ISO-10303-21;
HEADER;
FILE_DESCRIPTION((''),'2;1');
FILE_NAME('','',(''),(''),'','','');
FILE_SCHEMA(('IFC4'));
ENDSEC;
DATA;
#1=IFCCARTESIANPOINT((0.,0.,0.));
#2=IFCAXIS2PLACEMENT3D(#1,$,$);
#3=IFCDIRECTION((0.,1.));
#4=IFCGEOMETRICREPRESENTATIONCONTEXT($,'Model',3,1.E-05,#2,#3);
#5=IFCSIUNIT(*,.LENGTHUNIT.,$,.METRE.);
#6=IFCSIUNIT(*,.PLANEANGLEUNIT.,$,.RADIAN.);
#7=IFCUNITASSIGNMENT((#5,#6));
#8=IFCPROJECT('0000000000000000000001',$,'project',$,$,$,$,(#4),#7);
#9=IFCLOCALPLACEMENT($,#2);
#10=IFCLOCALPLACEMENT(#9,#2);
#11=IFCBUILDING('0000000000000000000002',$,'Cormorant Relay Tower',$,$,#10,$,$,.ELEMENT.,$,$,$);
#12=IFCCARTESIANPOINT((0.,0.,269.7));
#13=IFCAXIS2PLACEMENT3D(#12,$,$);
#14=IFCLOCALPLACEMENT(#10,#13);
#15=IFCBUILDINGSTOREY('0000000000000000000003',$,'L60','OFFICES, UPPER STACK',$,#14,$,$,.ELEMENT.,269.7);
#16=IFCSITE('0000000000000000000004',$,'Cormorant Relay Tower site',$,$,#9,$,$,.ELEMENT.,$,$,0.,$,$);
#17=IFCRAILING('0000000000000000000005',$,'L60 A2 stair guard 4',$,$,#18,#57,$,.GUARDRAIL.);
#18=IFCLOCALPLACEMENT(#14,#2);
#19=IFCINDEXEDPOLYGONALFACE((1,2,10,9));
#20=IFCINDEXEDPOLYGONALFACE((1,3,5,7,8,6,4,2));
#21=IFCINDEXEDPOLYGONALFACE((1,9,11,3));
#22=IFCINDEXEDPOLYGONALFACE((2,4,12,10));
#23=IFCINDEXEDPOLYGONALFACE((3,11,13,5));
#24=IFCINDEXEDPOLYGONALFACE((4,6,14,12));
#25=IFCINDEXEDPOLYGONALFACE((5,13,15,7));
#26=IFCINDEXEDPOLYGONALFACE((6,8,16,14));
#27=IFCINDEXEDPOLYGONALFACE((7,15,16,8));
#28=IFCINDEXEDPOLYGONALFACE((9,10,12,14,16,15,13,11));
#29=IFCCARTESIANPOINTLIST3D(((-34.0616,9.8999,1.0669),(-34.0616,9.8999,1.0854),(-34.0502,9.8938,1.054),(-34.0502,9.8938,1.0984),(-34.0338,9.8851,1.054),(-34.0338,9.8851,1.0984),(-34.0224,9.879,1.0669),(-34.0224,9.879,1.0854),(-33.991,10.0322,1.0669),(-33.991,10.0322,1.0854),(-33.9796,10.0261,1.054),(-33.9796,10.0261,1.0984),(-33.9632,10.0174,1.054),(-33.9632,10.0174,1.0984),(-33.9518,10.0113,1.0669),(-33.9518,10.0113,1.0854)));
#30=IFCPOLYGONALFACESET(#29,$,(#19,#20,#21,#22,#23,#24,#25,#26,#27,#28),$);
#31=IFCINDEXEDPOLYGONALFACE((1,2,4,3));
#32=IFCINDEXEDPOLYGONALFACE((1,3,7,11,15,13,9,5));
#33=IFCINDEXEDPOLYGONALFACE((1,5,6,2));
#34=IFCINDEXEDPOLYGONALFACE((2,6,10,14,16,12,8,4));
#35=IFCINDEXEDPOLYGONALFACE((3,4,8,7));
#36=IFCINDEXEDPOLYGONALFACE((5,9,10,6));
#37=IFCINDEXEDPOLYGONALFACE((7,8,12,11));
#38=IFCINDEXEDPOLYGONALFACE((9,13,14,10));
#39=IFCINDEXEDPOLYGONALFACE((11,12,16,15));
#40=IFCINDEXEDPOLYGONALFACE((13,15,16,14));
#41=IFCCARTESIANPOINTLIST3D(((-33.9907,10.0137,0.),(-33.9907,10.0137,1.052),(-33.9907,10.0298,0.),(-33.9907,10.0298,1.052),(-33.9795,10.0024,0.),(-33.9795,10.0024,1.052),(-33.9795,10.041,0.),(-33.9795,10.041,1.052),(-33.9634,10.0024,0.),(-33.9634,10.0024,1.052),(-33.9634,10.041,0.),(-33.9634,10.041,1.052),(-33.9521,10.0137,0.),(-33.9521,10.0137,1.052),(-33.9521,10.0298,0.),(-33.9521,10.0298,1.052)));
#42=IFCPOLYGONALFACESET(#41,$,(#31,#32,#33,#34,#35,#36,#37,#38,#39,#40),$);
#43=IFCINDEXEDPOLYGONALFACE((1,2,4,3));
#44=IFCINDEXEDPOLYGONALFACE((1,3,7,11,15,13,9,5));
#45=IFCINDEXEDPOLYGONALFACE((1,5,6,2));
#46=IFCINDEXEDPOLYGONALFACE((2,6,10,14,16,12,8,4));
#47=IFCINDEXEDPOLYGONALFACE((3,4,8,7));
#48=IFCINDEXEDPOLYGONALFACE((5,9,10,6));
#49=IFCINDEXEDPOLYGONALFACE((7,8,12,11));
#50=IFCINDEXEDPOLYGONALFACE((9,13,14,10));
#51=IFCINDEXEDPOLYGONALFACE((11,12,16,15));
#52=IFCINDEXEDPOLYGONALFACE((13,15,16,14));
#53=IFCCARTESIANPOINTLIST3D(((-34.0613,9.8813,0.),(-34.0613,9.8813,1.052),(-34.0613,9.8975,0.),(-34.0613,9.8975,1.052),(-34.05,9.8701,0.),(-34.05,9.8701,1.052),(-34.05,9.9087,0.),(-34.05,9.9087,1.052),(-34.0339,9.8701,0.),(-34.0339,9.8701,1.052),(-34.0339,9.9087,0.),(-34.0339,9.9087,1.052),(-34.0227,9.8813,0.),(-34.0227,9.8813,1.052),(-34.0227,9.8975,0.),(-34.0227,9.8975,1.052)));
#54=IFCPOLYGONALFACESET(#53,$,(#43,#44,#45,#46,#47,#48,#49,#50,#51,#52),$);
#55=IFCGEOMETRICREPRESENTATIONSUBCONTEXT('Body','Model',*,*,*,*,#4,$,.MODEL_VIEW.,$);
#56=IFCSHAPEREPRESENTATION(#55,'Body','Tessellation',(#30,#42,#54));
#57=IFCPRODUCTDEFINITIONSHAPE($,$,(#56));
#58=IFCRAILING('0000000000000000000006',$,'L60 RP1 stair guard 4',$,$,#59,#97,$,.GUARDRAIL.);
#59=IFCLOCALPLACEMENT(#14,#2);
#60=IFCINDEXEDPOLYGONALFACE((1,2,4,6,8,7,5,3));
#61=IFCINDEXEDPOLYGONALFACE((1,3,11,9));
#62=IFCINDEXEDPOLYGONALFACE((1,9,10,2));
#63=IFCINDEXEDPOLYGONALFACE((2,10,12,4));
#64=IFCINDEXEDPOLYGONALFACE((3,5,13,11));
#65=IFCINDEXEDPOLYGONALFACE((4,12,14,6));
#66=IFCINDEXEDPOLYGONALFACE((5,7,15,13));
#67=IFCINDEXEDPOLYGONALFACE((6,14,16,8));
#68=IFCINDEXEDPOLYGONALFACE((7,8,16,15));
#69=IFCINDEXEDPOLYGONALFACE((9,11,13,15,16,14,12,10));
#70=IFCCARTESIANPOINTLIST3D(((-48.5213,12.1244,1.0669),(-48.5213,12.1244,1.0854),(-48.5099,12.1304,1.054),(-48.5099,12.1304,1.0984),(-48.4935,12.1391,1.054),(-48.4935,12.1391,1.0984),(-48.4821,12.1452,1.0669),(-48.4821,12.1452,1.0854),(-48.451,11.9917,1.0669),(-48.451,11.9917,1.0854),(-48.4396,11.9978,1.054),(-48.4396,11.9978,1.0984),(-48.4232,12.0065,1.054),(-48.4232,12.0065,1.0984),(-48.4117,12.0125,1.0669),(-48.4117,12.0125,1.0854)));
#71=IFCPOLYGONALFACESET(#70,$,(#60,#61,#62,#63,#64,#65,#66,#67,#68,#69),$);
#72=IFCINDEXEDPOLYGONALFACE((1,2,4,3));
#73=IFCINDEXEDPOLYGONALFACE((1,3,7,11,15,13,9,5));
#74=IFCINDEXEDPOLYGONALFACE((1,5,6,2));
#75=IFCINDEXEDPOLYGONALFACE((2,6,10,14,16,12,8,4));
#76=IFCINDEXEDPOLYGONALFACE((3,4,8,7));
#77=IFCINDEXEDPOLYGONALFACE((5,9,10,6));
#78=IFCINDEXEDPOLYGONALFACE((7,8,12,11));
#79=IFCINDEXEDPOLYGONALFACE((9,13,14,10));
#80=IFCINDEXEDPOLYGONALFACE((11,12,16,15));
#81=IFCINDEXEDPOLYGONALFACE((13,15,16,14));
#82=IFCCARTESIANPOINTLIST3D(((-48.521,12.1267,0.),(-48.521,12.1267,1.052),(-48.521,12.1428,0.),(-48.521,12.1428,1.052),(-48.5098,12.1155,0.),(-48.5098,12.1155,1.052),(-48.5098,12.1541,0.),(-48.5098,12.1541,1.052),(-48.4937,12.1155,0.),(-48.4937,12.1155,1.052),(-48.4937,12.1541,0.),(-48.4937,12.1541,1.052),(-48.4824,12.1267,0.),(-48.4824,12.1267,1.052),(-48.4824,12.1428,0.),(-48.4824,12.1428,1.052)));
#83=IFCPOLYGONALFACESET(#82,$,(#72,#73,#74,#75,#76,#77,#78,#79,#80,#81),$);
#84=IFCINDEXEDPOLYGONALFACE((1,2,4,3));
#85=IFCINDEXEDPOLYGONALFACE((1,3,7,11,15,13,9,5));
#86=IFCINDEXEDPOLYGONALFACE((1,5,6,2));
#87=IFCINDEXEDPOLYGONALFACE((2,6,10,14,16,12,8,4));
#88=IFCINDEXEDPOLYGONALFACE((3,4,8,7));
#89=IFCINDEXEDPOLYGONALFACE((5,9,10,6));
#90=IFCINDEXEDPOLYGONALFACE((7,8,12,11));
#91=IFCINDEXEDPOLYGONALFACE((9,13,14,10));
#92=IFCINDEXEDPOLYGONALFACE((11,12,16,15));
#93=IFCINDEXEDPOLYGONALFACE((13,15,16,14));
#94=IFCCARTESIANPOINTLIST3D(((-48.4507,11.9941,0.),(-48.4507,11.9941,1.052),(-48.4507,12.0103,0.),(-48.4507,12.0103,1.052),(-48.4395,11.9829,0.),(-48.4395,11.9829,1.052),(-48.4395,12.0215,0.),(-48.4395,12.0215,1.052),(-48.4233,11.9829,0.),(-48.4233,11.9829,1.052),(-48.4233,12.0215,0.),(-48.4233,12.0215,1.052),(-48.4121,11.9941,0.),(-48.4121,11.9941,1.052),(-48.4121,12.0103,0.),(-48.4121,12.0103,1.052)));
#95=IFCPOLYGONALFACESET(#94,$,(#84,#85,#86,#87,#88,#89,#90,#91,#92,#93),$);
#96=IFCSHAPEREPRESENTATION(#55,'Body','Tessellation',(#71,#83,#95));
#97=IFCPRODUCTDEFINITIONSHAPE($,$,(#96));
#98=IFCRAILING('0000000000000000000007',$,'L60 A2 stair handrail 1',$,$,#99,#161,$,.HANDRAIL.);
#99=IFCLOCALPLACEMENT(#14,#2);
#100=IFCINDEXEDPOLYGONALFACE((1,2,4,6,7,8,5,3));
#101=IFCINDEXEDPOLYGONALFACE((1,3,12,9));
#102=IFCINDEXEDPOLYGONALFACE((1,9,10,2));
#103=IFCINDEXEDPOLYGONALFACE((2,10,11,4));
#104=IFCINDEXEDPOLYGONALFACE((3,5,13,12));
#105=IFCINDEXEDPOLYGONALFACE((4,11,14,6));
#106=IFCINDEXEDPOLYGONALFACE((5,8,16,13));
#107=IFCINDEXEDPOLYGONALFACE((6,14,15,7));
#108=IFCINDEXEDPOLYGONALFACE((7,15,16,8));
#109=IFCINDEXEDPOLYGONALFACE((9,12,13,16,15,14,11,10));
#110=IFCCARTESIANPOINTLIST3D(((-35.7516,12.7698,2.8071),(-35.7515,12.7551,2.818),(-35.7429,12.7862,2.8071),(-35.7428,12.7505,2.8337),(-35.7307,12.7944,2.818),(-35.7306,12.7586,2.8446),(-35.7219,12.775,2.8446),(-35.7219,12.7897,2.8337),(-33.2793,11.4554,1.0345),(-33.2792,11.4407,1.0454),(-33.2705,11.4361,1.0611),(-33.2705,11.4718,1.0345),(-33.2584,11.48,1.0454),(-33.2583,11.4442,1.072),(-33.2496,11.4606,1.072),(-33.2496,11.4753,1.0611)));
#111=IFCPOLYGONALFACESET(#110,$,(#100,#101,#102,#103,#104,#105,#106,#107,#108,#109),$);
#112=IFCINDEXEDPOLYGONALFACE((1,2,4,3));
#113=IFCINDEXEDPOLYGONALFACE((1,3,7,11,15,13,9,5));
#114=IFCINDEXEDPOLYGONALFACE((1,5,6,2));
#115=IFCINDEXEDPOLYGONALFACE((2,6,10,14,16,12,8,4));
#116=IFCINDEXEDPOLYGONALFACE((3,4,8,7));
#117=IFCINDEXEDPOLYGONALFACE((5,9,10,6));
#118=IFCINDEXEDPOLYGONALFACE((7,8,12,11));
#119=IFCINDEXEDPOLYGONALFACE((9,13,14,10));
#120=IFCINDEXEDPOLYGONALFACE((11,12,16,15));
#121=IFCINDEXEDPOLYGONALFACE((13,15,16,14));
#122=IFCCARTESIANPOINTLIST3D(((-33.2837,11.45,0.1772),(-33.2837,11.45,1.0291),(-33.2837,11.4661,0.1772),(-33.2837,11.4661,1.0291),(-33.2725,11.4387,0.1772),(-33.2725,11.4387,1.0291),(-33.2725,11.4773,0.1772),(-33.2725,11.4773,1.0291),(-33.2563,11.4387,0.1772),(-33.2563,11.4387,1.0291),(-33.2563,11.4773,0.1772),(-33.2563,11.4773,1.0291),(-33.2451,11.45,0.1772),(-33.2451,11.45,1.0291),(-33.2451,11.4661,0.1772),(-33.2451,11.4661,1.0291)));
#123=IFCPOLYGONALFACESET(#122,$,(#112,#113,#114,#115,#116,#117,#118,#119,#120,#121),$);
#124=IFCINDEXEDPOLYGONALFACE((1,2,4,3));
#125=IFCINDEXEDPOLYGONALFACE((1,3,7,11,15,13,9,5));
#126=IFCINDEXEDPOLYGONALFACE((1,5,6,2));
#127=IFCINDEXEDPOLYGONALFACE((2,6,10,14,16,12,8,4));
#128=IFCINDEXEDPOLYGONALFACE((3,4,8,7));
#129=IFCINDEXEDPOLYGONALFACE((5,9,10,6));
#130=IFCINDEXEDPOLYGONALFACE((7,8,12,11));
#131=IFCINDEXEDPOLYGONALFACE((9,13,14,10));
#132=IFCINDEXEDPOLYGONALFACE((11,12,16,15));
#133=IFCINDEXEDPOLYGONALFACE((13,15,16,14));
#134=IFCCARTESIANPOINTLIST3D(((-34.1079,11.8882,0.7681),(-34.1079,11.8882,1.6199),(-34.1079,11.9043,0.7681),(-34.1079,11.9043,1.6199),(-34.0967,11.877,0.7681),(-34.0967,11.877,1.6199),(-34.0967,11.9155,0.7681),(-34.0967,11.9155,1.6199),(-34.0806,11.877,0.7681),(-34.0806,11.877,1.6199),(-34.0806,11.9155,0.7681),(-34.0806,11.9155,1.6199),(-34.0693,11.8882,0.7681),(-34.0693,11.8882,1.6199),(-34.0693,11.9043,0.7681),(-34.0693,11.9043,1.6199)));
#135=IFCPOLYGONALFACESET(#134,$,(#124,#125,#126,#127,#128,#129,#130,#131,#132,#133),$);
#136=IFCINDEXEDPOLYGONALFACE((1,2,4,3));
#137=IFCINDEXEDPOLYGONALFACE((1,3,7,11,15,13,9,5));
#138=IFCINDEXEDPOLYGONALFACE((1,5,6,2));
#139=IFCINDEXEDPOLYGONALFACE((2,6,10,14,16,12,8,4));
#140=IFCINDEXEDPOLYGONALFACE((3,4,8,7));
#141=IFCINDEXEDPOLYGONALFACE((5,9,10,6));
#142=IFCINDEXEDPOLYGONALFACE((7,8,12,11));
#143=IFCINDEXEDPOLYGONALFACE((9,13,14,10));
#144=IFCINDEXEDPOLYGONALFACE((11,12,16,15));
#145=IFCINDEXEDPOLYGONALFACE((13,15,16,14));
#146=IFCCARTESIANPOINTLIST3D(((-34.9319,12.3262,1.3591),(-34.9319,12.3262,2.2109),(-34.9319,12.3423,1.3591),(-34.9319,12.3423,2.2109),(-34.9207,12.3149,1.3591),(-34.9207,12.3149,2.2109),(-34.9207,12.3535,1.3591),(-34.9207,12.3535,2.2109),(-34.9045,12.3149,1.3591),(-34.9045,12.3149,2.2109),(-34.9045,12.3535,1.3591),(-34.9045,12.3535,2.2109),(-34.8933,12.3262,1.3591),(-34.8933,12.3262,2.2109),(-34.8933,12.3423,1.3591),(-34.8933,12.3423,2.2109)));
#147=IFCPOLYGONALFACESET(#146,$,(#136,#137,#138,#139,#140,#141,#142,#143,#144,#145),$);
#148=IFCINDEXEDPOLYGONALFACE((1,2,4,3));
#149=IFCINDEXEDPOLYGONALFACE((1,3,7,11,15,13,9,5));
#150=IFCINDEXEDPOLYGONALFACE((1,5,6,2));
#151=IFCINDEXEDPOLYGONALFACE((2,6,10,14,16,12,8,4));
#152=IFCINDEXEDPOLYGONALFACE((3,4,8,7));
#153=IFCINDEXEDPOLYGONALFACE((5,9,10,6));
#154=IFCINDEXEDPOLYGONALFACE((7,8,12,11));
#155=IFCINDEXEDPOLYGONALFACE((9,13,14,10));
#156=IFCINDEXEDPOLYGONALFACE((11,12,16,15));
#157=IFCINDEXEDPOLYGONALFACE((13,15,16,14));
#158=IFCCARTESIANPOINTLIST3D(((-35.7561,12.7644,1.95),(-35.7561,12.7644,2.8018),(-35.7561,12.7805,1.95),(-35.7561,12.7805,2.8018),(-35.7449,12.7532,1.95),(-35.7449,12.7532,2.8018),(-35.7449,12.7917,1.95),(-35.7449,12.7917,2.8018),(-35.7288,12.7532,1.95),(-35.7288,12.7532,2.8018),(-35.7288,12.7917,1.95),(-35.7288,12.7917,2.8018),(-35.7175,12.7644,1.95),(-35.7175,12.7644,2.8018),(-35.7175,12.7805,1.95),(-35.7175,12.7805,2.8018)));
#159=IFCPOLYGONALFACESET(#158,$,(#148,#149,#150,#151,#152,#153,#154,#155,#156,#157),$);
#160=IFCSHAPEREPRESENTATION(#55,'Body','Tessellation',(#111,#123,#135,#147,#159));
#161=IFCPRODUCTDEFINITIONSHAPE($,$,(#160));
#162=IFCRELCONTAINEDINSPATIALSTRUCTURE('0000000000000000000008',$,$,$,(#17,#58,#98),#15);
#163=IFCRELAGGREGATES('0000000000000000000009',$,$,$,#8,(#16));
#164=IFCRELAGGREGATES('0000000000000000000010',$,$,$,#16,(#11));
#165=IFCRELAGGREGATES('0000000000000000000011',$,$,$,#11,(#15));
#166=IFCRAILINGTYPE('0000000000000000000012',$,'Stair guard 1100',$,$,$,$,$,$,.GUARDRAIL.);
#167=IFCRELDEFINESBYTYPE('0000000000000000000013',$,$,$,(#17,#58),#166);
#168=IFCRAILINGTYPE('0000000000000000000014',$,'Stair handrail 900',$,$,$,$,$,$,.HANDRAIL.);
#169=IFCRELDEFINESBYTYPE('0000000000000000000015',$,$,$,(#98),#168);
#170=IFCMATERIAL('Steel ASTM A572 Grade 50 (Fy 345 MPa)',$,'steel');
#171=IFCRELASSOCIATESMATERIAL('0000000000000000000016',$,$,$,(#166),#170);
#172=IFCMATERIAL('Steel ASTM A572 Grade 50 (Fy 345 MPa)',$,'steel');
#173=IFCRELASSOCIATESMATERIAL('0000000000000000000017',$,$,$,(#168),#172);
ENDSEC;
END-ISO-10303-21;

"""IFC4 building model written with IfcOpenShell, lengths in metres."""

from ifc_helpers import new_model, si_unit, direction, frame, origin, place, context, subcontext, project, spatial, polyline, outline, extrude, material, type_object, element, save


model = new_model("IFC4")

# Units and contexts
model_context = context("Model", 3, precision=1e-05, world=origin(), true_north=direction((0.0, 1.0)))
body_context = subcontext(model_context, "Body", "Model", "MODEL_VIEW")
ifc_project = project(units=[si_unit("LENGTHUNIT", "METRE"), si_unit("PLANEANGLEUNIT", "RADIAN")], contexts=[model_context])

# Site, building, storey
site_placement = place(None, origin())
site = spatial("IfcSite", under=ifc_project, at=site_placement, Name="Cormorant Relay Tower site", CompositionType="ELEMENT", RefElevation=0.0)
building_placement = place(site_placement, origin())
building = spatial("IfcBuilding", under=site, at=building_placement, Name="Cormorant Relay Tower", CompositionType="ELEMENT")
storey_placement = place(building_placement, frame((0.0, 0.0, 269.7)))
storey = spatial("IfcBuildingStorey", under=building, at=storey_placement, Name="L60", Description="OFFICES, UPPER STACK", CompositionType="ELEMENT", Elevation=269.7)

# Railings
ifc_material_1 = material(Name="Steel ASTM A572 Grade 50 (Fy 345 MPa)", Category="steel")
railing_type_1 = type_object("IfcRailingType", Name="Stair guard 1100", PredefinedType="GUARDRAIL", material=ifc_material_1)
railing_1_placement = place(storey_placement, frame((-33.9714, 10.0217, 0.0)))
element("IfcRailing", 1, at=railing_1_placement, inside=storey, type_object=railing_type_1, Name="L60 A2 stair guard 4", PredefinedType="GUARDRAIL", context=body_context, shape_type="SweptSolid", body=[
    extrude(outline(polyline([(0.0222, 0.0093), (0.0093, 0.0222), (-0.0093, 0.0222), (-0.0222, 0.0093), (-0.0222, -0.0093), (-0.0093, -0.0222), (0.0093, -0.0222), (0.0222, -0.0093), (0.0222, 0.0093)])), frame((0.0, 0.0, 1.0762), z_axis=(-0.470504, -0.882398, 0.0), x_axis=(0.882398, -0.470504, 0.0)), (0.0, 0.0, 1.0), 0.1499),
    extrude(outline(polyline([(0.0193, 0.0081), (0.0081, 0.0193), (-0.0081, 0.0193), (-0.0193, 0.0081), (-0.0193, -0.0081), (-0.0081, -0.0193), (0.0081, -0.0193), (0.0193, -0.0081), (0.0193, 0.0081)])), origin(), (0.0, 0.0, 1.0), 1.052),
    extrude(outline(polyline([(0.0193, 0.0081), (0.0081, 0.0193), (-0.0081, 0.0193), (-0.0193, 0.0081), (-0.0193, -0.0081), (-0.0081, -0.0193), (0.0081, -0.0193), (0.0193, -0.0081), (0.0193, 0.0081)])), frame((-0.0706, -0.1323, 0.0)), (0.0, 0.0, 1.0), 1.052),
])
railing_2_placement = place(storey_placement, frame((-48.5017, 12.1348, 0.0)))
element("IfcRailing", 2, at=railing_2_placement, inside=storey, type_object=railing_type_1, Name="L60 RP1 stair guard 4", PredefinedType="GUARDRAIL", context=body_context, shape_type="SweptSolid", body=[
    extrude(outline(polyline([(0.0222, 0.0093), (0.0093, 0.0222), (-0.0093, 0.0222), (-0.0222, 0.0093), (-0.0222, -0.0093), (-0.0093, -0.0222), (0.0093, -0.0222), (0.0222, -0.0093), (0.0222, 0.0093)])), frame((0.0, 0.0, 1.0762), z_axis=(0.46856, -0.883431, 0.0), x_axis=(0.883431, 0.46856, 0.0)), (0.0, 0.0, 1.0), 0.1501),
    extrude(outline(polyline([(0.0193, 0.0081), (0.0081, 0.0193), (-0.0081, 0.0193), (-0.0193, 0.0081), (-0.0193, -0.0081), (-0.0081, -0.0193), (0.0081, -0.0193), (0.0193, -0.0081), (0.0193, 0.0081)])), origin(), (0.0, 0.0, 1.0), 1.052),
    extrude(outline(polyline([(0.0193, 0.0081), (0.0081, 0.0193), (-0.0081, 0.0193), (-0.0193, 0.0081), (-0.0193, -0.0081), (-0.0081, -0.0193), (0.0081, -0.0193), (0.0193, -0.0081), (0.0193, 0.0081)])), frame((0.0703, -0.1326, 0.0)), (0.0, 0.0, 1.0), 1.052),
])
ifc_material_2 = material(Name="Steel ASTM A572 Grade 50 (Fy 345 MPa)", Category="steel")
railing_type_2 = type_object("IfcRailingType", Name="Stair handrail 900", PredefinedType="HANDRAIL", material=ifc_material_2)
railing_3_placement = place(storey_placement, frame((-33.2644, 11.458, 0.1772)))
element("IfcRailing", 3, at=railing_3_placement, inside=storey, type_object=railing_type_2, Name="L60 A2 stair handrail 1", PredefinedType="HANDRAIL", context=body_context, shape_type="SweptSolid", body=[
    extrude(outline(polyline([(0.0222, 0.0093), (0.0093, 0.0222), (-0.0093, 0.0222), (-0.0222, 0.0093), (-0.0222, -0.0093), (-0.0093, -0.0222), (0.0093, -0.0222), (0.0222, -0.0093), (0.0222, 0.0093)])), frame((0.0, 0.0, 0.876), z_axis=(-0.746034, 0.396627, 0.534902), x_axis=(-0.469429, -0.88297, 0.0)), (0.0, 0.0, 1.0), 3.314),
    extrude(outline(polyline([(0.0193, 0.0081), (0.0081, 0.0193), (-0.0081, 0.0193), (-0.0193, 0.0081), (-0.0193, -0.0081), (-0.0081, -0.0193), (0.0081, -0.0193), (0.0193, -0.0081), (0.0193, 0.0081)])), origin(), (0.0, 0.0, 1.0), 0.8518),
    extrude(outline(polyline([(0.0193, 0.0081), (0.0081, 0.0193), (-0.0081, 0.0193), (-0.0193, 0.0081), (-0.0193, -0.0081), (-0.0081, -0.0193), (0.0081, -0.0193), (0.0193, -0.0081), (0.0193, 0.0081)])), frame((-0.8242, 0.4382, 0.5908)), (0.0, 0.0, 1.0), 0.8518),
    extrude(outline(polyline([(0.0193, 0.0081), (0.0081, 0.0193), (-0.0081, 0.0193), (-0.0193, 0.0081), (-0.0193, -0.0081), (-0.0081, -0.0193), (0.0081, -0.0193), (0.0193, -0.0081), (0.0193, 0.0081)])), frame((-1.6482, 0.8762, 1.1819)), (0.0, 0.0, 1.0), 0.8518),
    extrude(outline(polyline([(0.0193, 0.0081), (0.0081, 0.0193), (-0.0081, 0.0193), (-0.0193, 0.0081), (-0.0193, -0.0081), (-0.0081, -0.0193), (0.0081, -0.0193), (0.0193, -0.0081), (0.0193, 0.0081)])), frame((-2.4724, 1.3145, 1.7727)), (0.0, 0.0, 1.0), 0.8518),
])

save(model, "model.ifc")
